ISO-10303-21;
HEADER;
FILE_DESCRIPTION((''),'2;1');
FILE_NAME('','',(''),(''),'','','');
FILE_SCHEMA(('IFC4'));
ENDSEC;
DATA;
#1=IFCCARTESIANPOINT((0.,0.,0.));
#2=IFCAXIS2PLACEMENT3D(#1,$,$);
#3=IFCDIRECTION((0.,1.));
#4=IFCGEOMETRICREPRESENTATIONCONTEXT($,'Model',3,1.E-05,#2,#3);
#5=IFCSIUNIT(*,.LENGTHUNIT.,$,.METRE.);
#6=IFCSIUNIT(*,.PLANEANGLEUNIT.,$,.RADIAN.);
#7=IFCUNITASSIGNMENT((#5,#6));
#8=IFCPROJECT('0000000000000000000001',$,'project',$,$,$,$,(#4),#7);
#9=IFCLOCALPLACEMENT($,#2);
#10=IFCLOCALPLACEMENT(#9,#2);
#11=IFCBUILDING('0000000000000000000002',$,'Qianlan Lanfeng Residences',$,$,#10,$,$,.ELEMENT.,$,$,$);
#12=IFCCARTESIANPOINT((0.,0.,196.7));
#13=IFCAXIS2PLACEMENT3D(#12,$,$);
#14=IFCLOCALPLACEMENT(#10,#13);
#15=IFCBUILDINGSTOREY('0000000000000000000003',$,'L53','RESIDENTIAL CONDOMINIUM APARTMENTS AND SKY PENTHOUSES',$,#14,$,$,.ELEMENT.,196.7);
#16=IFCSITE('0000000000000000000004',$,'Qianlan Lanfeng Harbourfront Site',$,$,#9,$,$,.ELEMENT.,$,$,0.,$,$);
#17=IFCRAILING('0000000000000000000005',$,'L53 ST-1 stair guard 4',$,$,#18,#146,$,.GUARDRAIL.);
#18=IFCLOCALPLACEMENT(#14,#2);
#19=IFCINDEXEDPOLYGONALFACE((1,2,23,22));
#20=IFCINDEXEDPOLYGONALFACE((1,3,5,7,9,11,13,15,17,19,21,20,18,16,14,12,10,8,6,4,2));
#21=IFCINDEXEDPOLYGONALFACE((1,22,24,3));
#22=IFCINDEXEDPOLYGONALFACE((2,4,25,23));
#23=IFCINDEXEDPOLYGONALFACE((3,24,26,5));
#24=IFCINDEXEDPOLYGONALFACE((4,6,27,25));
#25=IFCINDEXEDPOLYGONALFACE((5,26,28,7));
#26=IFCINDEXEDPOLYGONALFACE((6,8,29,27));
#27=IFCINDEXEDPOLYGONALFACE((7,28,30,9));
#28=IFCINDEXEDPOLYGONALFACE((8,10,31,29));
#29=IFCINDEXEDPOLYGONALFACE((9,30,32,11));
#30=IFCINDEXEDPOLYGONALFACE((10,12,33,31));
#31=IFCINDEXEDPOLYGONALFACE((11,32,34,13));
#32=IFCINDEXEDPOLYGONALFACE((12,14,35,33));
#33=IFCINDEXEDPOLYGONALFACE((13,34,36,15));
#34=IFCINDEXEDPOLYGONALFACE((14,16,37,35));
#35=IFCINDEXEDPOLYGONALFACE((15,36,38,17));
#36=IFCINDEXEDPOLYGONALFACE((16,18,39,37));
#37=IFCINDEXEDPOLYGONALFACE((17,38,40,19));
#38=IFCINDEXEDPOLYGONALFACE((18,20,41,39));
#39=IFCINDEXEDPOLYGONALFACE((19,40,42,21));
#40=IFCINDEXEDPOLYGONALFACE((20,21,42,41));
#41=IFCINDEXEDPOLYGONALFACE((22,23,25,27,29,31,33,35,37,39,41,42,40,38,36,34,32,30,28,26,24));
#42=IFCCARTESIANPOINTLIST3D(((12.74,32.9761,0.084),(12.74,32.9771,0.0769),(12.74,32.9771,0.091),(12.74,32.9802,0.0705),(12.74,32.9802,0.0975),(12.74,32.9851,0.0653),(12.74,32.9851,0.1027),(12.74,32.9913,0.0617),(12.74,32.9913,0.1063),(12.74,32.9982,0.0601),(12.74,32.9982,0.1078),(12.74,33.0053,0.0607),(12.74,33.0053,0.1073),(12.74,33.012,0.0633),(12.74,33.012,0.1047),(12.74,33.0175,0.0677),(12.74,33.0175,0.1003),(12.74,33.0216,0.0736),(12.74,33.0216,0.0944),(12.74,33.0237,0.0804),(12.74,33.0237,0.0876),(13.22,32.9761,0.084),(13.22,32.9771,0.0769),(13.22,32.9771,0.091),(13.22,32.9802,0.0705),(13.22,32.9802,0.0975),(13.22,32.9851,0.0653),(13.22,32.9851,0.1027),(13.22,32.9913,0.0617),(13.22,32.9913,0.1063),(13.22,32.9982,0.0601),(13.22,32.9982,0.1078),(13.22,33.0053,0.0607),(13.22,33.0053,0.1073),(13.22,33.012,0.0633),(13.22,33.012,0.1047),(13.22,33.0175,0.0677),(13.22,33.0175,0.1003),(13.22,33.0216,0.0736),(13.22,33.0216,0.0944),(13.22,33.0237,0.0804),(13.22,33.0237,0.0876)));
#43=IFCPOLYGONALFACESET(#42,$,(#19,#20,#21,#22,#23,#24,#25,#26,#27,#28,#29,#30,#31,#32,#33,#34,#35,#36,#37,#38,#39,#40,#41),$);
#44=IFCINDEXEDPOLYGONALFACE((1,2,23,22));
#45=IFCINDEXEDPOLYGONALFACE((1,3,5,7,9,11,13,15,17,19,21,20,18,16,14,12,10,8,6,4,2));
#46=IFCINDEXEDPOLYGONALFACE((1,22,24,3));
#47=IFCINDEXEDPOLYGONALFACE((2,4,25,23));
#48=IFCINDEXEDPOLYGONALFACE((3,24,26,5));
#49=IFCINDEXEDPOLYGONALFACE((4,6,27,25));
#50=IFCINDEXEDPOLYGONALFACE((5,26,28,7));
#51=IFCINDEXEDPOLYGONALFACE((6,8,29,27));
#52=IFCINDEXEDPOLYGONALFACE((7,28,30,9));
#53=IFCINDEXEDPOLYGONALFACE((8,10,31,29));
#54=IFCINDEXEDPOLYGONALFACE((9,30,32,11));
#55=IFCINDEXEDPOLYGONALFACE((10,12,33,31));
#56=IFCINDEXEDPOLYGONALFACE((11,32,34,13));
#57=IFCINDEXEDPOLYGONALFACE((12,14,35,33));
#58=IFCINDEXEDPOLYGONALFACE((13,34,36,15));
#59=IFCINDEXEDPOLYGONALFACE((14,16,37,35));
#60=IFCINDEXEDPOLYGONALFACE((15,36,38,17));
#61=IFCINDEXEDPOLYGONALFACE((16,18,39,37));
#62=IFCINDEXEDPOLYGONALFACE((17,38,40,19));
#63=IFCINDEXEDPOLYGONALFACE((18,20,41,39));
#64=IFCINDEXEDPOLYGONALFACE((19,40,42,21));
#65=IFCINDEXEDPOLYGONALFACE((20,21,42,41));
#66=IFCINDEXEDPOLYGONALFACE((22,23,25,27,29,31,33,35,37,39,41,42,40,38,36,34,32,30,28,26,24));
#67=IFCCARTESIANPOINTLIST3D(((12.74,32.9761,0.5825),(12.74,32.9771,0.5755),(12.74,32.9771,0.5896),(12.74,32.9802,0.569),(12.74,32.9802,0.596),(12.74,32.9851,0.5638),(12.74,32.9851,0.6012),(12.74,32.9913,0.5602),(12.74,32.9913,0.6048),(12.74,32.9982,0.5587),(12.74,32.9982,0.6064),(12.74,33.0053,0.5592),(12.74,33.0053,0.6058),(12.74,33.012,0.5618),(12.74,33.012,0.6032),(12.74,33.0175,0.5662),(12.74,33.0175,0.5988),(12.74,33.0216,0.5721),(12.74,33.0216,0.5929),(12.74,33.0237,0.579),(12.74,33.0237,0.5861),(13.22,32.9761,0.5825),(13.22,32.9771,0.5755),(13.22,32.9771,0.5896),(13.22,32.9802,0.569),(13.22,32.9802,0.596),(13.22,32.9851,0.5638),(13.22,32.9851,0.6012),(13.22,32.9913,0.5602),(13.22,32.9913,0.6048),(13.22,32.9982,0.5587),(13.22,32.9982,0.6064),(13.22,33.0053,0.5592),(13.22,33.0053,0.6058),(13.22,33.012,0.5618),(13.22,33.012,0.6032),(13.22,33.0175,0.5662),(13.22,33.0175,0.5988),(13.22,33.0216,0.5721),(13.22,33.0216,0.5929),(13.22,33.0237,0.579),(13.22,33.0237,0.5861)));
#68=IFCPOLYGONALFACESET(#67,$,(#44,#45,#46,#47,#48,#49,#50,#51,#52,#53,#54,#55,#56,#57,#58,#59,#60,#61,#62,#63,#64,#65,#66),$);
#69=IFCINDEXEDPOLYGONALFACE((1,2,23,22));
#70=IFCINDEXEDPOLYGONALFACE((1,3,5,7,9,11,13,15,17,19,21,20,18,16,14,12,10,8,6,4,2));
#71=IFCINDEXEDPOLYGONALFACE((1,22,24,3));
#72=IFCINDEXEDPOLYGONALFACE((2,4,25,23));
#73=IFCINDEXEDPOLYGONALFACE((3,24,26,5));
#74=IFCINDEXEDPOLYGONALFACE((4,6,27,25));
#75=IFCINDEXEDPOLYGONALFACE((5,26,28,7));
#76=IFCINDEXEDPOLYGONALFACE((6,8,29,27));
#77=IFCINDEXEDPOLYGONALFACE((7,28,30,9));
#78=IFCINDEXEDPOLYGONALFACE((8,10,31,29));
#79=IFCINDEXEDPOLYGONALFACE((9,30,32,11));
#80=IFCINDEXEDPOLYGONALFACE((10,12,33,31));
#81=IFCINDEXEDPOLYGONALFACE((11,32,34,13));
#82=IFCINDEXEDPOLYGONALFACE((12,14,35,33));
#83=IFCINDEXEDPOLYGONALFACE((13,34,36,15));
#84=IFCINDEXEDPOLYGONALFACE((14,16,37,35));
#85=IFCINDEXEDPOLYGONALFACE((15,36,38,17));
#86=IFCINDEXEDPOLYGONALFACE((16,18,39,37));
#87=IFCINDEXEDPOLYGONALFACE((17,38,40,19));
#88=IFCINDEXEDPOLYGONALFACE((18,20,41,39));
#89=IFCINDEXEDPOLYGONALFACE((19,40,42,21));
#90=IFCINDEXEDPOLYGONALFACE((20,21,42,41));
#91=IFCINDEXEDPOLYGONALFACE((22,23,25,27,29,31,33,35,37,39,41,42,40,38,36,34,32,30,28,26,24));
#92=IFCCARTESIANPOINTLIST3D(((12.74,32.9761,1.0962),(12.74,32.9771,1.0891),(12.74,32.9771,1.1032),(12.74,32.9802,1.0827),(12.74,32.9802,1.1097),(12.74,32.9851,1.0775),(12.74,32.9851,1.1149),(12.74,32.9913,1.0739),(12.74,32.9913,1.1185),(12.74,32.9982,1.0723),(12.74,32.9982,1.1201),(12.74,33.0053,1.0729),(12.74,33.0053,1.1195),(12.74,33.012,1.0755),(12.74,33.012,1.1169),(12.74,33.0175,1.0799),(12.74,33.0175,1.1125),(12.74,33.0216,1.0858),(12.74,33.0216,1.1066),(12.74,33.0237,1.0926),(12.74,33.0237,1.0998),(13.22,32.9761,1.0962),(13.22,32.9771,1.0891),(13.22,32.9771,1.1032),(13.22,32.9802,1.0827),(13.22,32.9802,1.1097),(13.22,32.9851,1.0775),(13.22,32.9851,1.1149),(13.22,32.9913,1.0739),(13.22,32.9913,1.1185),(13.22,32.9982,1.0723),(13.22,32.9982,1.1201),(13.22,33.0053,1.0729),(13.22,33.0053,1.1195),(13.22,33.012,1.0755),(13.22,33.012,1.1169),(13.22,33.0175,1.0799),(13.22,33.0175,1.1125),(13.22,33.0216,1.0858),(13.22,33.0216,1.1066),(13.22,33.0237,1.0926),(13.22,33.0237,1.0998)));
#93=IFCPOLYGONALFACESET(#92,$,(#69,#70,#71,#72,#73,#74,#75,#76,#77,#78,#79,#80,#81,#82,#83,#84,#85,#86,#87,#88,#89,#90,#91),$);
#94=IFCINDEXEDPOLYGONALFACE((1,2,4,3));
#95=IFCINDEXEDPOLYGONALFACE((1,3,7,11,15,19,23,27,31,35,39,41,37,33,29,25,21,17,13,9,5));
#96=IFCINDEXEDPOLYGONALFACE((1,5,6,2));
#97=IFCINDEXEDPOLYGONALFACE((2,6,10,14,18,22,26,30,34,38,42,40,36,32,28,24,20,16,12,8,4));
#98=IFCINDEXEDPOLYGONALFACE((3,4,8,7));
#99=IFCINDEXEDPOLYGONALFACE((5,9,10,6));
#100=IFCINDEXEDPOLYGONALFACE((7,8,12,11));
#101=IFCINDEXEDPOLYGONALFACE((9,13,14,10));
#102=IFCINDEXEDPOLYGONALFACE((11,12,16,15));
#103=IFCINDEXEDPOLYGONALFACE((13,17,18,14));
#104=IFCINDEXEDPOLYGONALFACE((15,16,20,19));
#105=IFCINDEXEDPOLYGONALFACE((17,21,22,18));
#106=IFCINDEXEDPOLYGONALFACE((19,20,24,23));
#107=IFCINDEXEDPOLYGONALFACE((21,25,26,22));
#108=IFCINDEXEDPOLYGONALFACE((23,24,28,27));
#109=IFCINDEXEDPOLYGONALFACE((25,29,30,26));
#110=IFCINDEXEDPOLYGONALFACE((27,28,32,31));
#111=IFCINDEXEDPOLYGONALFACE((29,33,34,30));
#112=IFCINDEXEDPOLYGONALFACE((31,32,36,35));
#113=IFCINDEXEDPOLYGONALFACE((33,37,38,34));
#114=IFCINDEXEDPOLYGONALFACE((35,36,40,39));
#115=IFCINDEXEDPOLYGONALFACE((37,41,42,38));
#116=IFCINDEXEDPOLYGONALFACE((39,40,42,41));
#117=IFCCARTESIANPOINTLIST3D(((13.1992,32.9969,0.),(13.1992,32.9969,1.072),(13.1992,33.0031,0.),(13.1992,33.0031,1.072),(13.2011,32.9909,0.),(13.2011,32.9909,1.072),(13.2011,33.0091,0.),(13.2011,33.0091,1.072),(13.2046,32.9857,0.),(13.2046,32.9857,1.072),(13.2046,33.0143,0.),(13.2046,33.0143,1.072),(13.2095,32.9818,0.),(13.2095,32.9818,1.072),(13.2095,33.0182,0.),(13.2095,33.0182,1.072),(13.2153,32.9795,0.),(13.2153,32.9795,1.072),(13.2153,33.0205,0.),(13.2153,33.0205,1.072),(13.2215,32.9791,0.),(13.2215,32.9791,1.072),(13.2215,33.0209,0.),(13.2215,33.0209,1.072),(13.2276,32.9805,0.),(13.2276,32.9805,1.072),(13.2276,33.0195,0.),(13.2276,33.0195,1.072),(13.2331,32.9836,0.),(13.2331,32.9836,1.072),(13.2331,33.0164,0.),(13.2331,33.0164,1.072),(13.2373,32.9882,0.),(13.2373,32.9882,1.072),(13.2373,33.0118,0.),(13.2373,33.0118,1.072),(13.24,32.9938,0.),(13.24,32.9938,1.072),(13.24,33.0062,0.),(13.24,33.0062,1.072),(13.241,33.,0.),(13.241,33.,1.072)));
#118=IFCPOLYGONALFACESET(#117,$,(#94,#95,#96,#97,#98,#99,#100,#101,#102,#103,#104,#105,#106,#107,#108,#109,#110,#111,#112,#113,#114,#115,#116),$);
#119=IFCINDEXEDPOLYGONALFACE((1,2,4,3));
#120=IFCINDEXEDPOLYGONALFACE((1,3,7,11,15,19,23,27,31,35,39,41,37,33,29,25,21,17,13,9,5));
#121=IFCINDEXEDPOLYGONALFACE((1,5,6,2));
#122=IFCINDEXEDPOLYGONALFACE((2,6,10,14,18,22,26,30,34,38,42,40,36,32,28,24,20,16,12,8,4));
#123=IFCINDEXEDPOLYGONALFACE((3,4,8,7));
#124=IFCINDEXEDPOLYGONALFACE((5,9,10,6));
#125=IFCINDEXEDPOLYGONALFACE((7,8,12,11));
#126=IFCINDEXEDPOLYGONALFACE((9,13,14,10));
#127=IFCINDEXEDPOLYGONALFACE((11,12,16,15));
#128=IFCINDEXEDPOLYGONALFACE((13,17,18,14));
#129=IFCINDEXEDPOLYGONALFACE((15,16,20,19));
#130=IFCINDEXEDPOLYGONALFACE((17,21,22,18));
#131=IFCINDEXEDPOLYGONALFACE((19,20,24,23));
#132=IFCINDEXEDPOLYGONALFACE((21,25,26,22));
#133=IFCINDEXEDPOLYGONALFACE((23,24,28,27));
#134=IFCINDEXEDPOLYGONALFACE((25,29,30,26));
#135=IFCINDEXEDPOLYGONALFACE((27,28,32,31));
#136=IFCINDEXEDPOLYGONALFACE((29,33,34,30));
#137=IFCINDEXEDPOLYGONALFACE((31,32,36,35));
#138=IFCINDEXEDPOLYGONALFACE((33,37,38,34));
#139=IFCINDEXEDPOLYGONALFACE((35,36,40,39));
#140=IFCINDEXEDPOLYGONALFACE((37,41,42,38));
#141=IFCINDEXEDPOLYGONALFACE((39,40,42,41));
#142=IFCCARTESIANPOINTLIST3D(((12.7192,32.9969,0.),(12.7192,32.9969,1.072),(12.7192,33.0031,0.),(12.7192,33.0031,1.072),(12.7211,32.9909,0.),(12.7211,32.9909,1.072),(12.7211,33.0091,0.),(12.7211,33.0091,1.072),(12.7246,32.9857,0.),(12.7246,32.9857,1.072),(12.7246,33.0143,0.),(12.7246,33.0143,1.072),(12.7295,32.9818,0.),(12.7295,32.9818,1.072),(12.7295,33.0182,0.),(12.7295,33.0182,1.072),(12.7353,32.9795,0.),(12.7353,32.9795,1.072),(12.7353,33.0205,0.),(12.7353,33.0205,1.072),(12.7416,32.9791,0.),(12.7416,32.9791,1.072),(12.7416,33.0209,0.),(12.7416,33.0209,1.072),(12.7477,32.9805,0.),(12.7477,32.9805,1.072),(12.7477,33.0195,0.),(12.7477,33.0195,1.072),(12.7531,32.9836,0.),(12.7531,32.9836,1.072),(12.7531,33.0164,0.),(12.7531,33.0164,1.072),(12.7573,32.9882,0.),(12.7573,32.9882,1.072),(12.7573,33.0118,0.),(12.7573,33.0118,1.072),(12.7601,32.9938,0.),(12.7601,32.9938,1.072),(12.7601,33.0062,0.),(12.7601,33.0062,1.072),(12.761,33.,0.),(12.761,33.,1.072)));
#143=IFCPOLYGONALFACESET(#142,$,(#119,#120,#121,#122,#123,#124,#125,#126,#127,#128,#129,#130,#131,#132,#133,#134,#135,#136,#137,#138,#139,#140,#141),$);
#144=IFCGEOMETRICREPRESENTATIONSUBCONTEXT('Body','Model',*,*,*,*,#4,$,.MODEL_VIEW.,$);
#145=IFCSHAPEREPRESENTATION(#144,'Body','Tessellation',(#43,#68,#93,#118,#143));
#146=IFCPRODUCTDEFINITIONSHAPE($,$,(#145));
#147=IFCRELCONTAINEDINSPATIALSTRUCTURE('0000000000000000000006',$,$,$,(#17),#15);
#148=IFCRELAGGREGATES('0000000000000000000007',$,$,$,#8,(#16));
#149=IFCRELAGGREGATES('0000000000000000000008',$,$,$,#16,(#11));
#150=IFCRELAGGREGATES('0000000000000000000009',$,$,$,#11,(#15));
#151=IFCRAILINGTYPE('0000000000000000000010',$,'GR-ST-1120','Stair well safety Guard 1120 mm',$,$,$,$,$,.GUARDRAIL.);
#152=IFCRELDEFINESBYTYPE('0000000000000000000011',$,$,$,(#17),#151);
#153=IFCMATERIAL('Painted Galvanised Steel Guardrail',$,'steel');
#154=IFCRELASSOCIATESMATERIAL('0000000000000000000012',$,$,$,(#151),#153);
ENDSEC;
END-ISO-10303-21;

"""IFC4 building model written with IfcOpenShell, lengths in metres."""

from ifc_helpers import new_model, si_unit, direction, frame, origin, origin_2d, place, context, subcontext, project, spatial, circle, extrude, material, type_object, element, save


model = new_model("IFC4")

# Units and contexts
model_context = context("Model", 3, precision=1e-05, world=origin(), true_north=direction((0.0, 1.0)))
body_context = subcontext(model_context, "Body", "Model", "MODEL_VIEW")
ifc_project = project(units=[si_unit("LENGTHUNIT", "METRE"), si_unit("PLANEANGLEUNIT", "RADIAN")], contexts=[model_context])

# Site, building, storey
site_placement = place(None, origin())
site = spatial("IfcSite", under=ifc_project, at=site_placement, Name="Qianlan Lanfeng Harbourfront Site", CompositionType="ELEMENT", RefElevation=0.0)
building_placement = place(site_placement, origin())
building = spatial("IfcBuilding", under=site, at=building_placement, Name="Qianlan Lanfeng Residences", CompositionType="ELEMENT")
storey_placement = place(building_placement, frame((0.0, 0.0, 196.7)))
storey = spatial("IfcBuildingStorey", under=building, at=storey_placement, Name="L53", Description="RESIDENTIAL CONDOMINIUM APARTMENTS AND SKY PENTHOUSES", CompositionType="ELEMENT", Elevation=196.7)

# Railing
ifc_material_1 = material(Name="Painted Galvanised Steel Guardrail", Category="steel")
railing_type_1 = type_object("IfcRailingType", Name="GR-ST-1120", Description="Stair well safety Guard 1120 mm", PredefinedType="GUARDRAIL", material=ifc_material_1)
railing_1_placement = place(storey_placement, frame((13.22, 33.0, 0.0)))
element("IfcRailing", 1, at=railing_1_placement, inside=storey, type_object=railing_type_1, Name="L53 ST-1 stair guard 4", PredefinedType="GUARDRAIL", context=body_context, shape_type="SweptSolid", body=[
    extrude(circle(Radius=0.0239, at=origin_2d()), frame((0.0, 0.0, 0.084), z_axis=(-1.0, 0.0, 0.0), x_axis=(0.0, -1.0, 0.0)), (0.0, 0.0, 1.0), 0.48),
    extrude(circle(Radius=0.0239, at=origin_2d()), frame((0.0, 0.0, 0.5825), z_axis=(-1.0, 0.0, 0.0), x_axis=(0.0, -1.0, 0.0)), (0.0, 0.0, 1.0), 0.48),
    extrude(circle(Radius=0.0239, at=origin_2d()), frame((0.0, 0.0, 1.0962), z_axis=(-1.0, 0.0, 0.0), x_axis=(0.0, -1.0, 0.0)), (0.0, 0.0, 1.0), 0.48),
    extrude(circle(Radius=0.021, at=origin_2d()), origin(), (0.0, 0.0, 1.0), 1.072),
    extrude(circle(Radius=0.021, at=origin_2d()), frame((-0.48, 0.0, 0.0)), (0.0, 0.0, 1.0), 1.072),
])

save(model, "model.ifc")
